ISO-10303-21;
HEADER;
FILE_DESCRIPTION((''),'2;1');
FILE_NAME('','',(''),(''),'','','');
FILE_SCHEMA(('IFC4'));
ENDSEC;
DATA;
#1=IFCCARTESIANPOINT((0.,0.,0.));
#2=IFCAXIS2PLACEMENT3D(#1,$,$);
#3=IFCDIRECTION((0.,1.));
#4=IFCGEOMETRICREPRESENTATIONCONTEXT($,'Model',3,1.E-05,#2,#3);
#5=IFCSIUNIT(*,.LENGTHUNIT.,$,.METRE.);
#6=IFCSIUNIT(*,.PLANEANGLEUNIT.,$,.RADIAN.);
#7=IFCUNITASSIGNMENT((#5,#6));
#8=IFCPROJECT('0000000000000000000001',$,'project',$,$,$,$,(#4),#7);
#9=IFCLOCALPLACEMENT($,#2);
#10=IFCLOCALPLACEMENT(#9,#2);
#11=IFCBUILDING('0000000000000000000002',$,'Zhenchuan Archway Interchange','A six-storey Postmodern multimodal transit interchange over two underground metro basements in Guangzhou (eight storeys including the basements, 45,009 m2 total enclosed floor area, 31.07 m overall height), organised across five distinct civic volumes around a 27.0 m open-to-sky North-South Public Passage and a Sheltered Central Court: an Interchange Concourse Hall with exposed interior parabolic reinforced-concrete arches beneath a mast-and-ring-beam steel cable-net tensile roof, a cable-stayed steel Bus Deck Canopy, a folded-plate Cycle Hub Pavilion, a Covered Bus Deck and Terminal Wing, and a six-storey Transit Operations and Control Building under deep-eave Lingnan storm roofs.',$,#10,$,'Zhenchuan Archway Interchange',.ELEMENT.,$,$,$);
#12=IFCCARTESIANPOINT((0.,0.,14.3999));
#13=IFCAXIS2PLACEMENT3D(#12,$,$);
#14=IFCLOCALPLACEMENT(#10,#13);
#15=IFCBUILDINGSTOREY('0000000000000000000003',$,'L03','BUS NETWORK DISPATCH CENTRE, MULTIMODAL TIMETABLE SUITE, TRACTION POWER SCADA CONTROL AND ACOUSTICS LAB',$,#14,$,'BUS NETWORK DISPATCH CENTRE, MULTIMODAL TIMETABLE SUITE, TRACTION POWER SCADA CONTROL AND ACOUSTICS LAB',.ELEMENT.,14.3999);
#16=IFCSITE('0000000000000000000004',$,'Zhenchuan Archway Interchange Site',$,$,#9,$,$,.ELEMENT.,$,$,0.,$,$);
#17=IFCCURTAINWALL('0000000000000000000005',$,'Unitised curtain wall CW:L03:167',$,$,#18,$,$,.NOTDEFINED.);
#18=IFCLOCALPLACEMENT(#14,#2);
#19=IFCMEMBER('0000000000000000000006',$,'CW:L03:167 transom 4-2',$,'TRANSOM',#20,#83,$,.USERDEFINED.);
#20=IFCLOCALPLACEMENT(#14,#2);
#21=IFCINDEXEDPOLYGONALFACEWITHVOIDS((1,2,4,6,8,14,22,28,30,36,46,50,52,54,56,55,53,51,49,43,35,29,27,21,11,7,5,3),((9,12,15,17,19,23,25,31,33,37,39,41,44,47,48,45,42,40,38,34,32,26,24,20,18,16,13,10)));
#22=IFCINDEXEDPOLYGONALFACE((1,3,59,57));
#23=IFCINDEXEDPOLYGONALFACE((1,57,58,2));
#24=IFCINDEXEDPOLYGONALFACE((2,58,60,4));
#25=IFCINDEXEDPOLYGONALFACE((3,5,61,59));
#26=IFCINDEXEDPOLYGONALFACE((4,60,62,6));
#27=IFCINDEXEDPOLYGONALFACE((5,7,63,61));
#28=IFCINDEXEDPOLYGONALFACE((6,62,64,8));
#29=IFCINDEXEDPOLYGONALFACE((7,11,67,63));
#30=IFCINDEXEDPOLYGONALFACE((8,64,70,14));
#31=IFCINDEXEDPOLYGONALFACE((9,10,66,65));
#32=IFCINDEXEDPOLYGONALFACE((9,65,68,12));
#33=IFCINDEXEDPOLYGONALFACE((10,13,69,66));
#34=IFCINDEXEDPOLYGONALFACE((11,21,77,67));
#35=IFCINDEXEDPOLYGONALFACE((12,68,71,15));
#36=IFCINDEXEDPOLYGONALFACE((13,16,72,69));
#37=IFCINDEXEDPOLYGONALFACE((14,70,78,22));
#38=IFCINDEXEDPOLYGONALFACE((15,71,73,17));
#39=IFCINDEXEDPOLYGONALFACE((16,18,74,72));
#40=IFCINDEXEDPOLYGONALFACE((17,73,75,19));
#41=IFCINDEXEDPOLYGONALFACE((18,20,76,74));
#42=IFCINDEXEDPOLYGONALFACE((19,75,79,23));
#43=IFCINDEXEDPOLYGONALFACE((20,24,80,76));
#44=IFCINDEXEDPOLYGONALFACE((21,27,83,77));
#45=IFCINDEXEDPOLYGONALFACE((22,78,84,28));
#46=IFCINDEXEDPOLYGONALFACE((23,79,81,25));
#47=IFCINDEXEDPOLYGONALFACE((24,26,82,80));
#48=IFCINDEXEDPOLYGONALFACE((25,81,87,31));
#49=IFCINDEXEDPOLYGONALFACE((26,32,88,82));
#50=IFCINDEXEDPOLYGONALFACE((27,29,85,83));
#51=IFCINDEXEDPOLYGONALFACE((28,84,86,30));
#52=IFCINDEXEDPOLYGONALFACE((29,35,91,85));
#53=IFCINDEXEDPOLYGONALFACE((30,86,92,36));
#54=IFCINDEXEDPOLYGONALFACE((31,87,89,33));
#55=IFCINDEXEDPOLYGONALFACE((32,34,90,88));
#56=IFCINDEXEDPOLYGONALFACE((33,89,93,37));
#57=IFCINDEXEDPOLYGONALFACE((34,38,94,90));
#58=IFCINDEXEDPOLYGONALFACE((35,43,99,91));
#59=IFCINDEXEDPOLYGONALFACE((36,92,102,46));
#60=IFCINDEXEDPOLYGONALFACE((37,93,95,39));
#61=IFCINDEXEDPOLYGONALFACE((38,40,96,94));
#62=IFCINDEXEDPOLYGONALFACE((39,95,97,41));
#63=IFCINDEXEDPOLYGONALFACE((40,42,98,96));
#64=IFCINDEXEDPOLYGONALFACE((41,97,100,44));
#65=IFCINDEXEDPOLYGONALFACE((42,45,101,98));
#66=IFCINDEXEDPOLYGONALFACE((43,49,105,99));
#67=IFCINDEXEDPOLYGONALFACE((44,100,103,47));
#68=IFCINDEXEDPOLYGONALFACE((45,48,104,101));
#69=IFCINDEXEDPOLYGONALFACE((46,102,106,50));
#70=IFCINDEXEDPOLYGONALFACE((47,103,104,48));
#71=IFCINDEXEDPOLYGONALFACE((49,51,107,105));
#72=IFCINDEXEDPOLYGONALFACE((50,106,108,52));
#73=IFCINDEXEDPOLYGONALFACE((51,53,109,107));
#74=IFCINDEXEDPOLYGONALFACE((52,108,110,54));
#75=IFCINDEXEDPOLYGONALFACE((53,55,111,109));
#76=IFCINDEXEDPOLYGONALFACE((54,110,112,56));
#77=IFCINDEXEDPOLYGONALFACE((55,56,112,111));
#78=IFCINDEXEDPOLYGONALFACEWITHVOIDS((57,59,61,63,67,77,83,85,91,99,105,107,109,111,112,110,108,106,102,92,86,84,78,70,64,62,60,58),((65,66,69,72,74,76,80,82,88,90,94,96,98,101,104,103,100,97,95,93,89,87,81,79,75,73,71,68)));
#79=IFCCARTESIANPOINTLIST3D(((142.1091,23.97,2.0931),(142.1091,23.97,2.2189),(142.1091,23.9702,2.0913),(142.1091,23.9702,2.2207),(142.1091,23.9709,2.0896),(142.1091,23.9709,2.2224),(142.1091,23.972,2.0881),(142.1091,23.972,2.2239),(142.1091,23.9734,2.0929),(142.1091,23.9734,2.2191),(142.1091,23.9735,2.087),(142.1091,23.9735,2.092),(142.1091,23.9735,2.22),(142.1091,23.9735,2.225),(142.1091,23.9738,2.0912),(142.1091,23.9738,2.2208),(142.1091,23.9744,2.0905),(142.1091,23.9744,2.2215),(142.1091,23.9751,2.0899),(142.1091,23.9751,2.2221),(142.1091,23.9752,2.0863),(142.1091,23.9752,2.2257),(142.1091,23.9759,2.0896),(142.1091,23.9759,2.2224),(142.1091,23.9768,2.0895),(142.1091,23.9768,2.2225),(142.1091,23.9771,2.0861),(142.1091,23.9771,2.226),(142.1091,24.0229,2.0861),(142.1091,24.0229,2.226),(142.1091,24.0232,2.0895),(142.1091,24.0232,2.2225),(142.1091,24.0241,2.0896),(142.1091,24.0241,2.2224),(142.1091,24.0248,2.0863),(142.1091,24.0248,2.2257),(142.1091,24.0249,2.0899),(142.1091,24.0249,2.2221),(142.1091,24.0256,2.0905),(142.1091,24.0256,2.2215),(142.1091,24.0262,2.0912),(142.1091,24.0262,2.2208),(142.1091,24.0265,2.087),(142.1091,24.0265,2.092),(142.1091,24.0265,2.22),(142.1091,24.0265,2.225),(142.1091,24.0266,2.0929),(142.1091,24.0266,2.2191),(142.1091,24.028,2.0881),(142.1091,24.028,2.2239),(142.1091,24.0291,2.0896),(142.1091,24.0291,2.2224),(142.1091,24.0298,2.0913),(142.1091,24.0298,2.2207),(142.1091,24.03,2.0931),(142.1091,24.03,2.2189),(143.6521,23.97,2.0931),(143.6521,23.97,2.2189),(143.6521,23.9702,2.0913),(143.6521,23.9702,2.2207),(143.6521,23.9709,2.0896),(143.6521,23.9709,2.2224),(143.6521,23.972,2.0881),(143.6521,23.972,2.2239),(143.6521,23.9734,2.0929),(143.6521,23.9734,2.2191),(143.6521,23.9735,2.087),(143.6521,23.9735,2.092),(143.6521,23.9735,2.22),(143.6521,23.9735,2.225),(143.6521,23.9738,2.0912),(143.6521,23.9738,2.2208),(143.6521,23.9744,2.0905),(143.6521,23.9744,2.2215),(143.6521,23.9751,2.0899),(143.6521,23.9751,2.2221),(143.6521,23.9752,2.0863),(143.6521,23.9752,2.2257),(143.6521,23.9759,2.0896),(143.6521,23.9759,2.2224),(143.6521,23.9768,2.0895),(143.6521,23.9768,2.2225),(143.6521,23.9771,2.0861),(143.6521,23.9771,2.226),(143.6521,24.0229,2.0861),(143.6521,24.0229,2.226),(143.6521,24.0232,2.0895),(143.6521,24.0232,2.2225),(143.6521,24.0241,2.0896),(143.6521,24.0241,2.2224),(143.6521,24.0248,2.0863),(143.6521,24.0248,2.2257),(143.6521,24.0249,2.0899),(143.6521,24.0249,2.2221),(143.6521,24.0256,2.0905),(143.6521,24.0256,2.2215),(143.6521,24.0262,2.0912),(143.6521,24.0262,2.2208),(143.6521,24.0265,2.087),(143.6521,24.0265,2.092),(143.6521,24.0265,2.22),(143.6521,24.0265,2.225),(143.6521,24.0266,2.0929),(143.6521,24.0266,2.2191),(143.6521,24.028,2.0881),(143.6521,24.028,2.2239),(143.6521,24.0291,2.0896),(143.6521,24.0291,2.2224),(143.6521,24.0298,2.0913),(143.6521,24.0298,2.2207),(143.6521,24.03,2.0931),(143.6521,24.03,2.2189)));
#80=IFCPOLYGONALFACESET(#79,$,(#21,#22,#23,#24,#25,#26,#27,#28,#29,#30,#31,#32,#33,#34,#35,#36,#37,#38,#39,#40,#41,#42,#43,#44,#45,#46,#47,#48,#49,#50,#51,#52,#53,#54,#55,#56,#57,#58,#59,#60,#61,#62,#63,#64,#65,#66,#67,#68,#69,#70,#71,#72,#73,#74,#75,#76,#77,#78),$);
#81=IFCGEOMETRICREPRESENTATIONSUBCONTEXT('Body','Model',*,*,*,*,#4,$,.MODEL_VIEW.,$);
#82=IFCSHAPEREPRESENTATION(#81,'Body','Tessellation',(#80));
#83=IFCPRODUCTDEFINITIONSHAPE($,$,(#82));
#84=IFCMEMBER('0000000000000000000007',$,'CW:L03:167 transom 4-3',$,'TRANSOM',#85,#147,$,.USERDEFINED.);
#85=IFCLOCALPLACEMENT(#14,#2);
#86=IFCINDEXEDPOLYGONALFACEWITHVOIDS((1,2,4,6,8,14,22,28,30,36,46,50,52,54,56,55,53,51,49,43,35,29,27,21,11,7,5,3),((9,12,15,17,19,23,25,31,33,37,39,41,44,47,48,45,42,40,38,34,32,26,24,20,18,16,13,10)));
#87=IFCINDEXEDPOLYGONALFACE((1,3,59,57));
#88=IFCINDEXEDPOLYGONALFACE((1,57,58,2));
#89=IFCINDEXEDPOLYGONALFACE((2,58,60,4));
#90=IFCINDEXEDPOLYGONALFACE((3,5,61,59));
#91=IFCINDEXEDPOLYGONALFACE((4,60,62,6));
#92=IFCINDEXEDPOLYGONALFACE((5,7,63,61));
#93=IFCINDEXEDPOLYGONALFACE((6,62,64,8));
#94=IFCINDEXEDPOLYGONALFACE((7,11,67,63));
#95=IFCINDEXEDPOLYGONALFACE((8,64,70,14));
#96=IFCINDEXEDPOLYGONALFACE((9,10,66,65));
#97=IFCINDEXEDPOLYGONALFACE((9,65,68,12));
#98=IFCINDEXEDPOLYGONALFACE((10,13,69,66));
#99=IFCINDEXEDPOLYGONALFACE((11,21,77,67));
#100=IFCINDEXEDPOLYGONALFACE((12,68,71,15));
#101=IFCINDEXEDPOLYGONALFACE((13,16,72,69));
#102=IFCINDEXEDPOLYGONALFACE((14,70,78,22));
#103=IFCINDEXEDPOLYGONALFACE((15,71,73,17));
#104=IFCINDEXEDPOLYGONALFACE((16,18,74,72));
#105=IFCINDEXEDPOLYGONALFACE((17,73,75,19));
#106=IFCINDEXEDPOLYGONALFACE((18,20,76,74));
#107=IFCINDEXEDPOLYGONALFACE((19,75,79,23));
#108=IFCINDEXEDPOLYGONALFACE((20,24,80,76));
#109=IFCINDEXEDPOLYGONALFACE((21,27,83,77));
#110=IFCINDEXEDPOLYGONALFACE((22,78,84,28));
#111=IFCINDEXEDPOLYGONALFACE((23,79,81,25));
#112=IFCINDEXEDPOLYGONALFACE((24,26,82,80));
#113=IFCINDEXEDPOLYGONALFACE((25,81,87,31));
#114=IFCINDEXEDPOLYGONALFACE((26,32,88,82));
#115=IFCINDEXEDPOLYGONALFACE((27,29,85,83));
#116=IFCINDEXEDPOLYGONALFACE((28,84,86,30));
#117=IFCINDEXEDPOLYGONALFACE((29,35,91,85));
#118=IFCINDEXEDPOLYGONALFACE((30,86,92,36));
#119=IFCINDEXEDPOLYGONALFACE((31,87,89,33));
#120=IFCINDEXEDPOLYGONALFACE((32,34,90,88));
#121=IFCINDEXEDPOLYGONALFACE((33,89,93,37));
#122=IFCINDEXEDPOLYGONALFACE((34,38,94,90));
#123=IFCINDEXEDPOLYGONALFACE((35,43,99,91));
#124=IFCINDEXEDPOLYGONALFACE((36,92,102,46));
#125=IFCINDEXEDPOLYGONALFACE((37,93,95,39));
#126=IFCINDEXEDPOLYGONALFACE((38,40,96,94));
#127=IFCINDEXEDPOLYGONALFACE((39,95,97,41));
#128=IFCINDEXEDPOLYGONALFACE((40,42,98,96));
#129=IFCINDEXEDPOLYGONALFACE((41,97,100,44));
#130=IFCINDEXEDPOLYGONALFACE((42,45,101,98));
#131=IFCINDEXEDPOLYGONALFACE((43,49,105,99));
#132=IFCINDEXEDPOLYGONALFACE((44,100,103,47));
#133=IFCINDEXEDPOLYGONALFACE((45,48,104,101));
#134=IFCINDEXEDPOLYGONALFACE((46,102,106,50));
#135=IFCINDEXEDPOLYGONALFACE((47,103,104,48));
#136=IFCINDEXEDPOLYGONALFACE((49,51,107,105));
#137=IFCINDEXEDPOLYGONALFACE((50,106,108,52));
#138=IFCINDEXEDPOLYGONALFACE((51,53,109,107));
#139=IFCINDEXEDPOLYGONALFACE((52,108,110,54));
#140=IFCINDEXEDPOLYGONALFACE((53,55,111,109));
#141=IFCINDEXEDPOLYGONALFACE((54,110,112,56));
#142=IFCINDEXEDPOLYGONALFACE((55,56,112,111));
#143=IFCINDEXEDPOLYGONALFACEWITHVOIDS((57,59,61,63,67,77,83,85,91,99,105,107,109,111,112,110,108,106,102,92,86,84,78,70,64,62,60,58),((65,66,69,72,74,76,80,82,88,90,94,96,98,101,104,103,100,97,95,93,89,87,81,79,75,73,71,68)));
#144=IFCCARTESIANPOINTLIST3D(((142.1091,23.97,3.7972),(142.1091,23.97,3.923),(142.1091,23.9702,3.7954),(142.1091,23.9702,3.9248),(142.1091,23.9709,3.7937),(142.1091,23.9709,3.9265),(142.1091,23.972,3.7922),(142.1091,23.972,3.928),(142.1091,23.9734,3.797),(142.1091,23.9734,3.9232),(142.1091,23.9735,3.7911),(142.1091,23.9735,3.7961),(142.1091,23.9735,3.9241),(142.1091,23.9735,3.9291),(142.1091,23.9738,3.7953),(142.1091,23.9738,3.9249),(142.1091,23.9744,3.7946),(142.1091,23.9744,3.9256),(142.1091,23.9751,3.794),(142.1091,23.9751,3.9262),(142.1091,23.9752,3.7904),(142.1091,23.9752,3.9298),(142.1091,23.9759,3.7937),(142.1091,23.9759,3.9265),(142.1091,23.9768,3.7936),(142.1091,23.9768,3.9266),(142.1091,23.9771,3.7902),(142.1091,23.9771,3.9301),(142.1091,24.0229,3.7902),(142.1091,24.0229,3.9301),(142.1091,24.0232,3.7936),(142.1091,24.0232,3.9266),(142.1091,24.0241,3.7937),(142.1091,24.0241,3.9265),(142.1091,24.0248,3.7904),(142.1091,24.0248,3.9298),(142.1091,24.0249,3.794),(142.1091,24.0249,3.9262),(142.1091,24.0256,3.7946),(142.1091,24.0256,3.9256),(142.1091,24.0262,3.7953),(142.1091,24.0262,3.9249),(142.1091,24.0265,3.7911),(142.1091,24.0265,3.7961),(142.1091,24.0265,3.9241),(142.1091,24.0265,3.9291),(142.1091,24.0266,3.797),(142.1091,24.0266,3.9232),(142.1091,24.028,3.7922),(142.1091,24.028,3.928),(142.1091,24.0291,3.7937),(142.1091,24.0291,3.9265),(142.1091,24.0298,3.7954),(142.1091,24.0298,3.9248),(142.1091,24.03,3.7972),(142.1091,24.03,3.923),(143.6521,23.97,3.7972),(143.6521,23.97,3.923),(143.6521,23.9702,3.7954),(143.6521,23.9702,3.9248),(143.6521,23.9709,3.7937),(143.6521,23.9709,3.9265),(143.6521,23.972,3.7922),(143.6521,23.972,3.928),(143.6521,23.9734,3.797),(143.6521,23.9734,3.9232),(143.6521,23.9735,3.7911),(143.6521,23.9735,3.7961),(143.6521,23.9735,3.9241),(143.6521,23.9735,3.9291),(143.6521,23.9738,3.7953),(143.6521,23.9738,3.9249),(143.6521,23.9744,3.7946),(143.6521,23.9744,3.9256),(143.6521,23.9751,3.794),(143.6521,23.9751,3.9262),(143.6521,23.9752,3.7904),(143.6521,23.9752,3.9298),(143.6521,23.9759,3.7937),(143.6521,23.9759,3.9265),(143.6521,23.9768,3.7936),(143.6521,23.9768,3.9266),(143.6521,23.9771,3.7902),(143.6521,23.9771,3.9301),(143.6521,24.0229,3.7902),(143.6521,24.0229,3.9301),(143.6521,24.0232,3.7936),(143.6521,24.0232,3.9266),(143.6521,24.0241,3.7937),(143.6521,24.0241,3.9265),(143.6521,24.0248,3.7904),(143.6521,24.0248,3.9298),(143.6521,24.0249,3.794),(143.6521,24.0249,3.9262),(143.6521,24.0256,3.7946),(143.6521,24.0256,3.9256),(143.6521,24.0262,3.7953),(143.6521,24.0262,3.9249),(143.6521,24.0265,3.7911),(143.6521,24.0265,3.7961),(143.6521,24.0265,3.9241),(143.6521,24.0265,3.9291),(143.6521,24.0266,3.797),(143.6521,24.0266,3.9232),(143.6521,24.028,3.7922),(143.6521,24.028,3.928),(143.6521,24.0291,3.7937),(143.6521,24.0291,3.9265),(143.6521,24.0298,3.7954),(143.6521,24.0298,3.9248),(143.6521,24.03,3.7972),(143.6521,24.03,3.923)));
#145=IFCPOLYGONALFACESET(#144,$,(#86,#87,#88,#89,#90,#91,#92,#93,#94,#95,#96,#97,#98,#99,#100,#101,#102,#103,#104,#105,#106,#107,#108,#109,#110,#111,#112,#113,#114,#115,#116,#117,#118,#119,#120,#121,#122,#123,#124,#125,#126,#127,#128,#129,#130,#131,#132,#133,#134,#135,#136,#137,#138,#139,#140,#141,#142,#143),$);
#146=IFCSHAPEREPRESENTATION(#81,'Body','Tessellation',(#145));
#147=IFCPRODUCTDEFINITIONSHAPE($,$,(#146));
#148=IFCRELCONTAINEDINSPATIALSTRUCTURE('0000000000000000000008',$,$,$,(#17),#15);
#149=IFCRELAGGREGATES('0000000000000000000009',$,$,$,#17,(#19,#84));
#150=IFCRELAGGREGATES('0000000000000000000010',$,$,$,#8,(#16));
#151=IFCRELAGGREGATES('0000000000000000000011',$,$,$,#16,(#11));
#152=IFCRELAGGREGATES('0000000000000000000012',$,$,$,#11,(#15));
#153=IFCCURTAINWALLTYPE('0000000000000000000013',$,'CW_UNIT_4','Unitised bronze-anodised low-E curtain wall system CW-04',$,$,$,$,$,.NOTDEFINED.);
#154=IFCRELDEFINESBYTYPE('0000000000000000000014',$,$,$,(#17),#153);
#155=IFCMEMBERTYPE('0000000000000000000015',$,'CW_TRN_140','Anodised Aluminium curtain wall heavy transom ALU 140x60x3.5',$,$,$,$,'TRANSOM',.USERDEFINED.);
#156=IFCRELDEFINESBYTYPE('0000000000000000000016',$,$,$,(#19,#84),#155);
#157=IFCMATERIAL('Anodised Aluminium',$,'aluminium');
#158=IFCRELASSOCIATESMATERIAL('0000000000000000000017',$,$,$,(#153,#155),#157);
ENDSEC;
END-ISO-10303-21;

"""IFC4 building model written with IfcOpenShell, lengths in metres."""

from ifc_helpers import new_model, si_unit, direction, frame, origin, origin_2d, place, context, subcontext, project, spatial, hollow_rectangle, extrude, material, material_profile, profile_set, type_object, element, aggregate, save


model = new_model("IFC4")

# Units and contexts
model_context = context("Model", 3, precision=1e-05, world=origin(), true_north=direction((0.0, 1.0)))
body_context = subcontext(model_context, "Body", "Model", "MODEL_VIEW")
ifc_project = project(units=[si_unit("LENGTHUNIT", "METRE"), si_unit("PLANEANGLEUNIT", "RADIAN")], contexts=[model_context])

# Site, building, storey
site_placement = place(None, origin())
site = spatial("IfcSite", under=ifc_project, at=site_placement, Name="Zhenchuan Archway Interchange Site", CompositionType="ELEMENT", RefElevation=0.0)
building_placement = place(site_placement, origin())
building = spatial("IfcBuilding", under=site, at=building_placement, Name="Zhenchuan Archway Interchange", Description="A six-storey Postmodern multimodal transit interchange over two underground metro basements in Guangzhou (eight storeys including the basements, 45,009 m2 total enclosed floor area, 31.07 m overall height), organised across five distinct civic volumes around a 27.0 m open-to-sky North-South Public Passage and a Sheltered Central Court: an Interchange Concourse Hall with exposed interior parabolic reinforced-concrete arches beneath a mast-and-ring-beam steel cable-net tensile roof, a cable-stayed steel Bus Deck Canopy, a folded-plate Cycle Hub Pavilion, a Covered Bus Deck and Terminal Wing, and a six-storey Transit Operations and Control Building under deep-eave Lingnan storm roofs.", LongName="Zhenchuan Archway Interchange", CompositionType="ELEMENT")
storey_placement = place(building_placement, frame((0.0, 0.0, 14.3999)))
storey = spatial("IfcBuildingStorey", under=building, at=storey_placement, Name="L03", Description="BUS NETWORK DISPATCH CENTRE, MULTIMODAL TIMETABLE SUITE, TRACTION POWER SCADA CONTROL AND ACOUSTICS LAB", LongName="BUS NETWORK DISPATCH CENTRE, MULTIMODAL TIMETABLE SUITE, TRACTION POWER SCADA CONTROL AND ACOUSTICS LAB", CompositionType="ELEMENT", Elevation=14.3999)

# Curtain wall
ifc_material_1 = material(Name="Anodised Aluminium", Category="aluminium")
curtain_wall_type_1 = type_object("IfcCurtainWallType", Name="CW_UNIT_4", Description="Unitised bronze-anodised low-E curtain wall system CW-04", PredefinedType="NOTDEFINED", material=ifc_material_1)
curtain_wall_1_placement = place(storey_placement, origin())
curtain_wall_1 = element("IfcCurtainWall", 1, at=curtain_wall_1_placement, inside=storey, type_object=curtain_wall_type_1, Name="Unitised curtain wall CW:L03:167", PredefinedType="NOTDEFINED")

# Members
ifc_material_profile_1 = material_profile(ifc_material_1, hollow_rectangle(XDim=0.0601, YDim=0.1399, WallThickness=0.0034, InnerFilletRadius=0.0034, OuterFilletRadius=0.0071, at=origin_2d()), Name="ALU 140x60x3.5")
ifc_profile_set_1 = profile_set([ifc_material_profile_1], Name="Anodised Aluminium")
member_type_1 = type_object("IfcMemberType", Name="CW_TRN_140", Description="Anodised Aluminium curtain wall heavy transom ALU 140x60x3.5", ElementType="TRANSOM", PredefinedType="USERDEFINED", material=ifc_profile_set_1)
member_1_placement = place(storey_placement, frame((142.1091, 24.0, 2.156), z_axis=(1.0, 0.0, 0.0), x_axis=(0.0, 1.0, 0.0)))
member_1 = element("IfcMember", 2, at=member_1_placement, type_object=member_type_1, Name="CW:L03:167 transom 4-2", ObjectType="TRANSOM", PredefinedType="USERDEFINED", context=body_context, shape_type="SweptSolid", body=[
    extrude(hollow_rectangle(XDim=0.0601, YDim=0.1399, WallThickness=0.0034, InnerFilletRadius=0.0034, OuterFilletRadius=0.0071, at=origin_2d()), origin(), (0.0, 0.0, 1.0), 1.543),
])
member_2_placement = place(storey_placement, frame((142.1091, 24.0, 3.8601), z_axis=(1.0, 0.0, 0.0), x_axis=(0.0, 1.0, 0.0)))
member_2 = element("IfcMember", 3, at=member_2_placement, type_object=member_type_1, Name="CW:L03:167 transom 4-3", ObjectType="TRANSOM", PredefinedType="USERDEFINED", context=body_context, shape_type="SweptSolid", body=[
    extrude(hollow_rectangle(XDim=0.0601, YDim=0.1399, WallThickness=0.0034, InnerFilletRadius=0.0034, OuterFilletRadius=0.0071, at=origin_2d()), origin(), (0.0, 0.0, 1.0), 1.543),
])

aggregate(curtain_wall_1, [member_1, member_2])

save(model, "model.ifc")
